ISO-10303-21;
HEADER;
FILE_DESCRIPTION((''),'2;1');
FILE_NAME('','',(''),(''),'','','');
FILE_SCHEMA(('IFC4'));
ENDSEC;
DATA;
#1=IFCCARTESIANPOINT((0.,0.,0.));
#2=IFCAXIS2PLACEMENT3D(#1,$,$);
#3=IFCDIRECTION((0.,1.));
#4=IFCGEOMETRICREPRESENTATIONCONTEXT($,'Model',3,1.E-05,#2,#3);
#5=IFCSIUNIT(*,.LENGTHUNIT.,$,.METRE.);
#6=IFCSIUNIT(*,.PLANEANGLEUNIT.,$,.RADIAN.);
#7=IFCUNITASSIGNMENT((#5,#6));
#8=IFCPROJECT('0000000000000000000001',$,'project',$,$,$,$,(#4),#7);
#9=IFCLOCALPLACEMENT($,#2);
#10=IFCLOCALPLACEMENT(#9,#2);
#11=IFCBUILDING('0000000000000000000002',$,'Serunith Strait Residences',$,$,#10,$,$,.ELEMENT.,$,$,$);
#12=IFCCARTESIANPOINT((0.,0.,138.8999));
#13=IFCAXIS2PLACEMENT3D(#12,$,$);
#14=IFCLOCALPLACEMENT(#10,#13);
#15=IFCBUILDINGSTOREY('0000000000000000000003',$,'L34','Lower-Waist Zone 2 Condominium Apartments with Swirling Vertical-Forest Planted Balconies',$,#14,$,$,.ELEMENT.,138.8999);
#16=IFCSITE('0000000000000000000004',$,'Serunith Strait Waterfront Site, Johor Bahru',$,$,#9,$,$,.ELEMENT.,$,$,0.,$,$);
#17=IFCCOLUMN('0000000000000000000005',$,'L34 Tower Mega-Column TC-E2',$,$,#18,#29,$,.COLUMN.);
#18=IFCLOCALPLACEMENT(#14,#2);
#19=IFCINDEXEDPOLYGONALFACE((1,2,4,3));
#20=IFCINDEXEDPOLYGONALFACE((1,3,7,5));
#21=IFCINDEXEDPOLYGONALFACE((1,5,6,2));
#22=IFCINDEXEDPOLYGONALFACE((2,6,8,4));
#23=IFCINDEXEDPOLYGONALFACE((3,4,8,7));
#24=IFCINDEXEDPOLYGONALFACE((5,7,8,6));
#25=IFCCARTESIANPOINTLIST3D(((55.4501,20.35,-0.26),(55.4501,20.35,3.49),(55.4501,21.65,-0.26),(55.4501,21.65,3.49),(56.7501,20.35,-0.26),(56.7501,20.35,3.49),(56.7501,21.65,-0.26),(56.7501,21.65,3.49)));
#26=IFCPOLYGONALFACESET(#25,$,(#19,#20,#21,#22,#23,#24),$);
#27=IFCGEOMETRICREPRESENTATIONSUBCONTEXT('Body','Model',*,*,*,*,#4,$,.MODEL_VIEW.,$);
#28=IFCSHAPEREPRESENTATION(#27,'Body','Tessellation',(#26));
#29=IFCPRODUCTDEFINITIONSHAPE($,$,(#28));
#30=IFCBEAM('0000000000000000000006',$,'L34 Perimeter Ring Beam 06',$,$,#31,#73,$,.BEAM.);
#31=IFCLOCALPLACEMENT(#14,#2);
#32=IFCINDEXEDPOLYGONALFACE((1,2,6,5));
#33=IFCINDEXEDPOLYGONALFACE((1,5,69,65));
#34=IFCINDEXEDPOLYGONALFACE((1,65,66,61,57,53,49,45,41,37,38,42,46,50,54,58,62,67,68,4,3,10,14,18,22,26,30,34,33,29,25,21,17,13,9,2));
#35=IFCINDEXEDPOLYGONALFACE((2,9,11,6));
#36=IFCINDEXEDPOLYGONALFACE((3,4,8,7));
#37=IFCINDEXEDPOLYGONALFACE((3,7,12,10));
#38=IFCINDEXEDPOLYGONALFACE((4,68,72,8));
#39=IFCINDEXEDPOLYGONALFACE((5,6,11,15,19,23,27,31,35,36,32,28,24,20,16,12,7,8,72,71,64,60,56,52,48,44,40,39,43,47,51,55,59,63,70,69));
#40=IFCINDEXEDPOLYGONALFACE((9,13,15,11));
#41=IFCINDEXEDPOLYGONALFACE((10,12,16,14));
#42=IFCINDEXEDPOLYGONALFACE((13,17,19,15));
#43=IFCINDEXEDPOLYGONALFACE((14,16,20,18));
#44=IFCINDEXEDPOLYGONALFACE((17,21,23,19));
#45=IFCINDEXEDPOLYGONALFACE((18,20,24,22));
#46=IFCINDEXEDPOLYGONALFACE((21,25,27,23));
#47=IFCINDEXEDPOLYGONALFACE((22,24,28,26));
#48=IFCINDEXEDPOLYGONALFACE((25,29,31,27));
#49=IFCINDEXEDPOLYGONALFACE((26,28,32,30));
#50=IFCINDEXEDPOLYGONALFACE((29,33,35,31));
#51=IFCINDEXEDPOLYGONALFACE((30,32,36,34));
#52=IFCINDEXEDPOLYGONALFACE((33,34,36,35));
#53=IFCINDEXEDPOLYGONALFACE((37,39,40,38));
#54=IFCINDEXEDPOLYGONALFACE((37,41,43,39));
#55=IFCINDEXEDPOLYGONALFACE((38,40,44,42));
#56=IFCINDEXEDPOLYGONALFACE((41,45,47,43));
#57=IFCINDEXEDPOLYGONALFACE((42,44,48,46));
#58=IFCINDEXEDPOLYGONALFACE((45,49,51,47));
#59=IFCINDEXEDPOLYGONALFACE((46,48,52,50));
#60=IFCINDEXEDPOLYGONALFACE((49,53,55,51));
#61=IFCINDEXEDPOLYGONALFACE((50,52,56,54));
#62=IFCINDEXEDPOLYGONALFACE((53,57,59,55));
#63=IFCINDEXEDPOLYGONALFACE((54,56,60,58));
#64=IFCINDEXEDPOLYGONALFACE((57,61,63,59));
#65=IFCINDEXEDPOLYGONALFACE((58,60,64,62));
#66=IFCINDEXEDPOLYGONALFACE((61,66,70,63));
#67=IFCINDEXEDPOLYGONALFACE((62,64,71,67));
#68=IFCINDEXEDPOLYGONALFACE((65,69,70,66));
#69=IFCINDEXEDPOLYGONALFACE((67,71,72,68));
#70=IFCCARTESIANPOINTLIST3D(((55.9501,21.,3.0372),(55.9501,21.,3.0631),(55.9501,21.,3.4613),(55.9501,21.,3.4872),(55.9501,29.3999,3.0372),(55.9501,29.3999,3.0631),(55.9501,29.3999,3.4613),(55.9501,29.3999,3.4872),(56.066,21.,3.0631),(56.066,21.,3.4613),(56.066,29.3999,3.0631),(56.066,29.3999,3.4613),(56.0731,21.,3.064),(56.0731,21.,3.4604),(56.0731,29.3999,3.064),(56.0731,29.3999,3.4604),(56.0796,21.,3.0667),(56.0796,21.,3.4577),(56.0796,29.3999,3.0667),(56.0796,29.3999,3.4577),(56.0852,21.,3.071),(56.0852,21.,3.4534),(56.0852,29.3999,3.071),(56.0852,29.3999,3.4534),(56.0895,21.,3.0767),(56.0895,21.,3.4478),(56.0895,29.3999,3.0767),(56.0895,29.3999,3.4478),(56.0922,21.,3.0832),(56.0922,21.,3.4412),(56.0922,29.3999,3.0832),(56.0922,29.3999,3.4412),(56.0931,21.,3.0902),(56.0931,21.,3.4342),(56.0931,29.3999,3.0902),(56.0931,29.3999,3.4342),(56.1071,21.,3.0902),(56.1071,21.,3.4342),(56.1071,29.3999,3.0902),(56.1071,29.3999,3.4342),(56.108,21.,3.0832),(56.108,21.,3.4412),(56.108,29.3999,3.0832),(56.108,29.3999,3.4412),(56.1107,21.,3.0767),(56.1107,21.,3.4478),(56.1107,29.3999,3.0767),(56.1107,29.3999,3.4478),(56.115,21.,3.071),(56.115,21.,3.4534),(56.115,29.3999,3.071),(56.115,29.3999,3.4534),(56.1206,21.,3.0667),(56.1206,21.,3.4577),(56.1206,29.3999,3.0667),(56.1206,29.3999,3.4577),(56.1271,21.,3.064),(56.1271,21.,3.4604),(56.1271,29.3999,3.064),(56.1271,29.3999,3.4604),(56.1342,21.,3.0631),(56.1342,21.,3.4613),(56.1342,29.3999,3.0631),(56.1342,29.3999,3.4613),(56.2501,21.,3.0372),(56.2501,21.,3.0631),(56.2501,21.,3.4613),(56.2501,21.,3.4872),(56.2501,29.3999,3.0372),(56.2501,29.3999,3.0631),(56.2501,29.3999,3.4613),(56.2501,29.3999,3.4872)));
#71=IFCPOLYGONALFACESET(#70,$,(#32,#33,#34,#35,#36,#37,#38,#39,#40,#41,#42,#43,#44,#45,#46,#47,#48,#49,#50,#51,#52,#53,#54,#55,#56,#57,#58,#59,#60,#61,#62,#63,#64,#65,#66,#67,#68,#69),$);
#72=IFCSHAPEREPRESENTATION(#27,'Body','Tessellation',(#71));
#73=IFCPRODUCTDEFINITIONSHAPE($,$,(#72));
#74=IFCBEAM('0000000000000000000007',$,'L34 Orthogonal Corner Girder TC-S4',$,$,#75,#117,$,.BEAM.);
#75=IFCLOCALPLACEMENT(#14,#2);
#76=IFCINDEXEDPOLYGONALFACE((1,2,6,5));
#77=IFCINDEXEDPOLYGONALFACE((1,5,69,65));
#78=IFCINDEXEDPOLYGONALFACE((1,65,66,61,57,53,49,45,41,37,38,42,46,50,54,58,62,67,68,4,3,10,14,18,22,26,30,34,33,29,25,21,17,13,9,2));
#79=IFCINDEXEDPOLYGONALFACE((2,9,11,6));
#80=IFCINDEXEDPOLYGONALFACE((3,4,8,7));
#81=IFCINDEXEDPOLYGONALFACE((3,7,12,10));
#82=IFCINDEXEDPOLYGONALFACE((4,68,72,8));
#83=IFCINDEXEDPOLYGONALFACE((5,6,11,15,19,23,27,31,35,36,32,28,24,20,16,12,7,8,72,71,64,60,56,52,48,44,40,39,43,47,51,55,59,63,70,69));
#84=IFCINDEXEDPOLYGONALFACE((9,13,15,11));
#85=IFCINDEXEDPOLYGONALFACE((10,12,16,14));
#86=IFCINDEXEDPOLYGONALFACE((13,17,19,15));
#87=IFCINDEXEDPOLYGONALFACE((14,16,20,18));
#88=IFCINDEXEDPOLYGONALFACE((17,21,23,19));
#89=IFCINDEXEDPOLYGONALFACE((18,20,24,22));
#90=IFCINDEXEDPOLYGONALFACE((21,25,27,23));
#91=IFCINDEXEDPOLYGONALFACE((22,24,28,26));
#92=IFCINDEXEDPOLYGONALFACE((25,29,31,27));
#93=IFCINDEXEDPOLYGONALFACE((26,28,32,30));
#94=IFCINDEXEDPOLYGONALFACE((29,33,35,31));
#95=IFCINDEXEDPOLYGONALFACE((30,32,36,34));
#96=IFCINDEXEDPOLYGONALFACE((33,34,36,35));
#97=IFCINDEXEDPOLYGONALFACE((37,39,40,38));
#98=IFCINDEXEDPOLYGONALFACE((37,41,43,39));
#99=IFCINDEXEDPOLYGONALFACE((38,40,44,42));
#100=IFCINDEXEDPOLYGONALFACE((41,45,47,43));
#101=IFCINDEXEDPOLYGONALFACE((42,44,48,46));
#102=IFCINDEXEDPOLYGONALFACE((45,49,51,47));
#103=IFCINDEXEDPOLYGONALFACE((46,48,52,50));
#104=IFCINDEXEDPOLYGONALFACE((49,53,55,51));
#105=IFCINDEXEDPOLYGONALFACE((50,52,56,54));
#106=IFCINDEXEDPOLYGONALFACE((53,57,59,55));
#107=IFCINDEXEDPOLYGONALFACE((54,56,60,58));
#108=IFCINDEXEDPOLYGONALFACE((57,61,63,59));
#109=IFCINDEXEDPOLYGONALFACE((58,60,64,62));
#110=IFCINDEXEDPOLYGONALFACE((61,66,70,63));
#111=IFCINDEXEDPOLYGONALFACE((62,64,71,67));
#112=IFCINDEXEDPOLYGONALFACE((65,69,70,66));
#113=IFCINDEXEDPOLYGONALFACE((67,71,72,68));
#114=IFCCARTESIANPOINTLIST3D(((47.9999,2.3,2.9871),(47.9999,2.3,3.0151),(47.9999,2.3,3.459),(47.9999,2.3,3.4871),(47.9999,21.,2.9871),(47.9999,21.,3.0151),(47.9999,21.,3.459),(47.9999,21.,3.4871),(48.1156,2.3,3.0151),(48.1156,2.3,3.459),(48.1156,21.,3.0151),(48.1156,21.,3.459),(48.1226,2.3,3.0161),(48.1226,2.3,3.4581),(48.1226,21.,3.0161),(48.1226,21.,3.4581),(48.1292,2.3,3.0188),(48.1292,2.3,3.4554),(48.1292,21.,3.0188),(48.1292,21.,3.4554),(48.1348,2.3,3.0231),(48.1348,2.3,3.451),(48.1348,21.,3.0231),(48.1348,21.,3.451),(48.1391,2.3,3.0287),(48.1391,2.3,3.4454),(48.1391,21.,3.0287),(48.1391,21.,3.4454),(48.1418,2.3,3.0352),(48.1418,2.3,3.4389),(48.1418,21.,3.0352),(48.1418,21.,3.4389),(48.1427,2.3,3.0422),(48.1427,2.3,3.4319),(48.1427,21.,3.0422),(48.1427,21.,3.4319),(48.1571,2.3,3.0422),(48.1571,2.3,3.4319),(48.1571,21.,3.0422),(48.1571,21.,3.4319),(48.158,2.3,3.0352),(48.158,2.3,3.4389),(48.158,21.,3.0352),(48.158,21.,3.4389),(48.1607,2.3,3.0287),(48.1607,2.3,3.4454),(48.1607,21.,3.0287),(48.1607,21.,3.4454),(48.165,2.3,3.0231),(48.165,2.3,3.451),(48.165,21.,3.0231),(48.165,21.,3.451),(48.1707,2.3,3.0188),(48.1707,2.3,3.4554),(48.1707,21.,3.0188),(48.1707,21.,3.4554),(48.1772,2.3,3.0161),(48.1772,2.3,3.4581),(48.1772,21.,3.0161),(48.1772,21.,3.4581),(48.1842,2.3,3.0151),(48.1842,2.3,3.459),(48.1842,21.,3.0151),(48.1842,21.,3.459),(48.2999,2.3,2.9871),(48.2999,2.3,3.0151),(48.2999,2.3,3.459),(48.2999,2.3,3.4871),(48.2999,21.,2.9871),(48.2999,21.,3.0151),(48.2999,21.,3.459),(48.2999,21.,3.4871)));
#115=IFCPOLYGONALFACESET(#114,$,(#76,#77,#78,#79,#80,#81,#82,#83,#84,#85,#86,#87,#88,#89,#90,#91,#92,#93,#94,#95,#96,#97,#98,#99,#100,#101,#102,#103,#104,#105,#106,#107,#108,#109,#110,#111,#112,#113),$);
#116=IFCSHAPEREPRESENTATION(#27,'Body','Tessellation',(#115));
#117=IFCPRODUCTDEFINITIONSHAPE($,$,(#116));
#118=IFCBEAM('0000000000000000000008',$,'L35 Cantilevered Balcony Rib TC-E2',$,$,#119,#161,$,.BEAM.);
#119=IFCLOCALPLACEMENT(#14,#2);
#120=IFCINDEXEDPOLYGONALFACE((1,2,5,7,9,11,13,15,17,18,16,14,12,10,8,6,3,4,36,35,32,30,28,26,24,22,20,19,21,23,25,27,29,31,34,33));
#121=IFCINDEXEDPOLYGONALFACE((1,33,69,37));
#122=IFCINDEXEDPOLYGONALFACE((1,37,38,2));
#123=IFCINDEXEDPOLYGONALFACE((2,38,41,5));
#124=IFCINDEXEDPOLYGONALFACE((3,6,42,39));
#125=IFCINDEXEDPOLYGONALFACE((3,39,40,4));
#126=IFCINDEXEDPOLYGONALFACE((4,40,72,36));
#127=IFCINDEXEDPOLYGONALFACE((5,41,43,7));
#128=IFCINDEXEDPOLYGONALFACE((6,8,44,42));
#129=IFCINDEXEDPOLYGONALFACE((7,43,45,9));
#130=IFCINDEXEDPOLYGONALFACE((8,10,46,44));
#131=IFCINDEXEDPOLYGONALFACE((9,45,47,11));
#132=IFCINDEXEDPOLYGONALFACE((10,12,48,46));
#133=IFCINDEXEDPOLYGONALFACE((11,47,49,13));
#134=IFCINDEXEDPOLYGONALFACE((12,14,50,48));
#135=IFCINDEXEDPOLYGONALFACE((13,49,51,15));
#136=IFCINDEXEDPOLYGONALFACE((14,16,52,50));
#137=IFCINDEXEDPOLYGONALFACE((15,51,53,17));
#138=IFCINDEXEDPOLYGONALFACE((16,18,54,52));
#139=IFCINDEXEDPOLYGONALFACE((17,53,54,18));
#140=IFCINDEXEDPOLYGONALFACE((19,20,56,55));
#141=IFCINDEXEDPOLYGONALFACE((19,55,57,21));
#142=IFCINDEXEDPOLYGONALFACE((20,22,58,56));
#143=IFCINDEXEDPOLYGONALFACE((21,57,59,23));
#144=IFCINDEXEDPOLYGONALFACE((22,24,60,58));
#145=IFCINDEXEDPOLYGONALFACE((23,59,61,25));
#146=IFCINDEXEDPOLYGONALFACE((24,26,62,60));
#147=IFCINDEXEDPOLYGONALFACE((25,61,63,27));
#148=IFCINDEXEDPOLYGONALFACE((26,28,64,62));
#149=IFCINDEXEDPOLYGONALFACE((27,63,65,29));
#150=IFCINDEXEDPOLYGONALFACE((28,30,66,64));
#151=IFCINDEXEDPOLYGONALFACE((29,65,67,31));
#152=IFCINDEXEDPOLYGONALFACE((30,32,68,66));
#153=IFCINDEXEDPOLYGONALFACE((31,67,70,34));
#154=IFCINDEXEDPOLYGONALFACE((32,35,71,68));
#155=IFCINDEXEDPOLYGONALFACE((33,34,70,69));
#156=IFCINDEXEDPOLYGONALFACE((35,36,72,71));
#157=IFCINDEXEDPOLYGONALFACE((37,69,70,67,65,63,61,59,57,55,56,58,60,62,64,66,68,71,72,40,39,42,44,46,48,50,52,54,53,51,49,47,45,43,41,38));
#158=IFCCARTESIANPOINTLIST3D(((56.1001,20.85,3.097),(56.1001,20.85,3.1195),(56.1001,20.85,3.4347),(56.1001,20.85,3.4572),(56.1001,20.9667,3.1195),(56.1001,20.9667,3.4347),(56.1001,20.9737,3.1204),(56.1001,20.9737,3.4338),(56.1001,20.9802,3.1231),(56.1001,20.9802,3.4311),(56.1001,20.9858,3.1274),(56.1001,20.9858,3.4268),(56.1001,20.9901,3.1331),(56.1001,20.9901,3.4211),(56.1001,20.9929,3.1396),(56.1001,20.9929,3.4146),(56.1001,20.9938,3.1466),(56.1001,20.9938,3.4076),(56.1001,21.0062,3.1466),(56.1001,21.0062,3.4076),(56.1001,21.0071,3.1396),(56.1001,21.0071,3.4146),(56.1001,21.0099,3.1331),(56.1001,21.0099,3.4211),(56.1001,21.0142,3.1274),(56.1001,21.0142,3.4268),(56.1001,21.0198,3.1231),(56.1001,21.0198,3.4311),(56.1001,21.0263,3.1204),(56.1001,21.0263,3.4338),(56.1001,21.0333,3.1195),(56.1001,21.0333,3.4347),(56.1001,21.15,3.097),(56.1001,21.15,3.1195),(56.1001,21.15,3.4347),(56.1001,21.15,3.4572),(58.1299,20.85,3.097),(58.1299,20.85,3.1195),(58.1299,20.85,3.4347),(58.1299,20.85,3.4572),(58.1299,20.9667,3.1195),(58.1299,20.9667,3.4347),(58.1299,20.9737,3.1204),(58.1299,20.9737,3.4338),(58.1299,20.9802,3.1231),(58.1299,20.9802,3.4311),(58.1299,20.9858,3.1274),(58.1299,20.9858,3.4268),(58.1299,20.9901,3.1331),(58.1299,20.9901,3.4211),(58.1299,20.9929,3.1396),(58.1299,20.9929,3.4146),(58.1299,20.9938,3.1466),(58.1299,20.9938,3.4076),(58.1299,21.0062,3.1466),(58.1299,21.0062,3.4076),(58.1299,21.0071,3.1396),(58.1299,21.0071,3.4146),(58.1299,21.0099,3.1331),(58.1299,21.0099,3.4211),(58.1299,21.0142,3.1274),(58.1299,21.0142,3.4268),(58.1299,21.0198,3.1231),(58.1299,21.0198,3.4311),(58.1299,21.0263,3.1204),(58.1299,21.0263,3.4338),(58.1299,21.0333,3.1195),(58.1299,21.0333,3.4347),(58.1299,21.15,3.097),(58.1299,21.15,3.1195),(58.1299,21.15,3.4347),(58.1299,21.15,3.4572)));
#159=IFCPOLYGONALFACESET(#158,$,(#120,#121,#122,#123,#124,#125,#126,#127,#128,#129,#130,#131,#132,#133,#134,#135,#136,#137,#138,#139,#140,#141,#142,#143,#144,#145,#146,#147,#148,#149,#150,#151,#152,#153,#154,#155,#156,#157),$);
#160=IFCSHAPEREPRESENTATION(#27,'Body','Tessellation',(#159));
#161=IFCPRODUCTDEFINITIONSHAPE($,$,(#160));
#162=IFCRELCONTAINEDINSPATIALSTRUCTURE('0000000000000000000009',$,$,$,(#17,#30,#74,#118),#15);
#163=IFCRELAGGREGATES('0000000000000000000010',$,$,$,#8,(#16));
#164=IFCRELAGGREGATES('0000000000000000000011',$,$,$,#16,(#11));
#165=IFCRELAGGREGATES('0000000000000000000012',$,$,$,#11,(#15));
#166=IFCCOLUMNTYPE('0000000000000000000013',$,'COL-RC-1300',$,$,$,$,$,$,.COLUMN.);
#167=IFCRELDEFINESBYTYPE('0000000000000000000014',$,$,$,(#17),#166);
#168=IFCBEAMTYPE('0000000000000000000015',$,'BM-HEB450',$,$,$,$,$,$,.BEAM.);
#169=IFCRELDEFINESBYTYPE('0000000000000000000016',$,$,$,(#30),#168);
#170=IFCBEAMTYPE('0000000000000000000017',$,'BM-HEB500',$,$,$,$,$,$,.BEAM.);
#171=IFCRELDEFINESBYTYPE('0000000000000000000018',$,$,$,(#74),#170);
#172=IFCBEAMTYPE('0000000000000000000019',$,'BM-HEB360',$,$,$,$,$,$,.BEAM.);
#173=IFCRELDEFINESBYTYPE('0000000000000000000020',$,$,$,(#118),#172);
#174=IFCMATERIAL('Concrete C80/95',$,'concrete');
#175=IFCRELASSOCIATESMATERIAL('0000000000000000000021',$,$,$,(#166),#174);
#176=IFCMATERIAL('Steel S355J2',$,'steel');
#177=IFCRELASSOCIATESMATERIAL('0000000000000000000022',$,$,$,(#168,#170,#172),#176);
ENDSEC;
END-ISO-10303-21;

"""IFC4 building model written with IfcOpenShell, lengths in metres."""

from ifc_helpers import new_model, si_unit, direction, frame, origin, origin_2d, place, context, subcontext, project, spatial, rectangle, i_section, extrude, source, transform, mapped, material, material_profile, profile_set, type_object, element, save


model = new_model("IFC4")

# Units and contexts
model_context = context("Model", 3, precision=1e-05, world=origin(), true_north=direction((0.0, 1.0)))
body_context = subcontext(model_context, "Body", "Model", "MODEL_VIEW")
ifc_project = project(units=[si_unit("LENGTHUNIT", "METRE"), si_unit("PLANEANGLEUNIT", "RADIAN")], contexts=[model_context])

# Site, building, storey
site_placement = place(None, origin())
site = spatial("IfcSite", under=ifc_project, at=site_placement, Name="Serunith Strait Waterfront Site, Johor Bahru", CompositionType="ELEMENT", RefElevation=0.0)
building_placement = place(site_placement, origin())
building = spatial("IfcBuilding", under=site, at=building_placement, Name="Serunith Strait Residences", CompositionType="ELEMENT")
storey_placement = place(building_placement, frame((0.0, 0.0, 138.8999)))
storey = spatial("IfcBuildingStorey", under=building, at=storey_placement, Name="L34", Description="Lower-Waist Zone 2 Condominium Apartments with Swirling Vertical-Forest Planted Balconies", CompositionType="ELEMENT", Elevation=138.8999)

# Column
ifc_material_1 = material(Name="Concrete C80/95", Category="concrete")
ifc_material_profile_1 = material_profile(ifc_material_1, rectangle(XDim=1.3, YDim=1.3, at=origin_2d()), Name="RC 1300x1300")
ifc_profile_set_1 = profile_set([ifc_material_profile_1], Name="Concrete C80/95")
column_type = type_object("IfcColumnType", Name="COL-RC-1300", PredefinedType="COLUMN", material=ifc_profile_set_1)
shared_shape_1 = source(origin(), body_context, "Body", "SweptSolid", [
    extrude(rectangle(XDim=1.3, YDim=1.3, at=origin_2d()), origin(), (0.0, 0.0, 1.0), 3.75),
])
column_placement = place(storey_placement, frame((56.1001, 21.0, -0.26), z_axis=(0.0, 0.0, 1.0), x_axis=(1.0, 0.0, 0.0)))
element("IfcColumn", 1, at=column_placement, inside=storey, type_object=column_type, Name="L34 Tower Mega-Column TC-E2", PredefinedType="COLUMN", context=body_context, shape_type="MappedRepresentation", body=[
    mapped(shared_shape_1, transform((0.0, 0.0, 0.0), scale=1.0)),
])

# Beams
ifc_material_2 = material(Name="Steel S355J2", Category="steel")
ifc_material_profile_2 = material_profile(ifc_material_2, i_section(OverallWidth=0.3, OverallDepth=0.45, WebThickness=0.0139, FlangeThickness=0.0259, FilletRadius=0.0271, at=origin_2d()), Name="HEB 450")
ifc_profile_set_2 = profile_set([ifc_material_profile_2], Name="Steel S355J2")
beam_type_1 = type_object("IfcBeamType", Name="BM-HEB450", PredefinedType="BEAM", material=ifc_profile_set_2)
shared_shape_2 = source(origin(), body_context, "Body", "SweptSolid", [
    extrude(i_section(OverallWidth=0.3, OverallDepth=0.45, WebThickness=0.0139, FlangeThickness=0.0259, FilletRadius=0.0271, at=origin_2d()), origin(), (0.0, 0.0, 1.0), 8.3999),
])
beam_1_placement = place(storey_placement, frame((56.1001, 21.0, 3.2622), z_axis=(0.0, 1.0, 0.0), x_axis=(-1.0, 0.0, 0.0)))
element("IfcBeam", 2, at=beam_1_placement, inside=storey, type_object=beam_type_1, Name="L34 Perimeter Ring Beam 06", PredefinedType="BEAM", context=body_context, shape_type="MappedRepresentation", body=[
    mapped(shared_shape_2, transform((0.0, 0.0, 0.0), scale=1.0)),
])
ifc_material_profile_3 = material_profile(ifc_material_2, i_section(OverallWidth=0.3, OverallDepth=0.5, WebThickness=0.0144, FlangeThickness=0.0281, FilletRadius=0.0271, at=origin_2d()), Name="HEB 500")
ifc_profile_set_3 = profile_set([ifc_material_profile_3], Name="Steel S355J2")
beam_type_2 = type_object("IfcBeamType", Name="BM-HEB500", PredefinedType="BEAM", material=ifc_profile_set_3)
shared_shape_3 = source(origin(), body_context, "Body", "SweptSolid", [
    extrude(i_section(OverallWidth=0.3, OverallDepth=0.5, WebThickness=0.0144, FlangeThickness=0.0281, FilletRadius=0.0271, at=origin_2d()), origin(), (0.0, 0.0, 1.0), 18.7),
])
beam_2_placement = place(storey_placement, frame((48.1499, 21.0, 3.2371), z_axis=(0.0, -1.0, 0.0), x_axis=(1.0, 0.0, 0.0)))
element("IfcBeam", 3, at=beam_2_placement, inside=storey, type_object=beam_type_2, Name="L34 Orthogonal Corner Girder TC-S4", PredefinedType="BEAM", context=body_context, shape_type="MappedRepresentation", body=[
    mapped(shared_shape_3, transform((0.0, 0.0, 0.0), scale=1.0)),
])
ifc_material_profile_4 = material_profile(ifc_material_2, i_section(OverallWidth=0.3, OverallDepth=0.3601, WebThickness=0.0125, FlangeThickness=0.0225, FilletRadius=0.0271, at=origin_2d()), Name="HEB 360")
ifc_profile_set_4 = profile_set([ifc_material_profile_4], Name="Steel S355J2")
beam_type_3 = type_object("IfcBeamType", Name="BM-HEB360", PredefinedType="BEAM", material=ifc_profile_set_4)
shared_shape_4 = source(origin(), body_context, "Body", "SweptSolid", [
    extrude(i_section(OverallWidth=0.3, OverallDepth=0.3601, WebThickness=0.0125, FlangeThickness=0.0225, FilletRadius=0.0271, at=origin_2d()), origin(), (0.0, 0.0, 1.0), 2.0298),
])
beam_3_placement = place(storey_placement, frame((56.1001, 21.0, 3.2771), z_axis=(1.0, 0.0, 0.0), x_axis=(0.0, 1.0, 0.0)))
element("IfcBeam", 4, at=beam_3_placement, inside=storey, type_object=beam_type_3, Name="L35 Cantilevered Balcony Rib TC-E2", PredefinedType="BEAM", context=body_context, shape_type="MappedRepresentation", body=[
    mapped(shared_shape_4, transform((0.0, 0.0, 0.0), scale=1.0)),
])

save(model, "model.ifc")
